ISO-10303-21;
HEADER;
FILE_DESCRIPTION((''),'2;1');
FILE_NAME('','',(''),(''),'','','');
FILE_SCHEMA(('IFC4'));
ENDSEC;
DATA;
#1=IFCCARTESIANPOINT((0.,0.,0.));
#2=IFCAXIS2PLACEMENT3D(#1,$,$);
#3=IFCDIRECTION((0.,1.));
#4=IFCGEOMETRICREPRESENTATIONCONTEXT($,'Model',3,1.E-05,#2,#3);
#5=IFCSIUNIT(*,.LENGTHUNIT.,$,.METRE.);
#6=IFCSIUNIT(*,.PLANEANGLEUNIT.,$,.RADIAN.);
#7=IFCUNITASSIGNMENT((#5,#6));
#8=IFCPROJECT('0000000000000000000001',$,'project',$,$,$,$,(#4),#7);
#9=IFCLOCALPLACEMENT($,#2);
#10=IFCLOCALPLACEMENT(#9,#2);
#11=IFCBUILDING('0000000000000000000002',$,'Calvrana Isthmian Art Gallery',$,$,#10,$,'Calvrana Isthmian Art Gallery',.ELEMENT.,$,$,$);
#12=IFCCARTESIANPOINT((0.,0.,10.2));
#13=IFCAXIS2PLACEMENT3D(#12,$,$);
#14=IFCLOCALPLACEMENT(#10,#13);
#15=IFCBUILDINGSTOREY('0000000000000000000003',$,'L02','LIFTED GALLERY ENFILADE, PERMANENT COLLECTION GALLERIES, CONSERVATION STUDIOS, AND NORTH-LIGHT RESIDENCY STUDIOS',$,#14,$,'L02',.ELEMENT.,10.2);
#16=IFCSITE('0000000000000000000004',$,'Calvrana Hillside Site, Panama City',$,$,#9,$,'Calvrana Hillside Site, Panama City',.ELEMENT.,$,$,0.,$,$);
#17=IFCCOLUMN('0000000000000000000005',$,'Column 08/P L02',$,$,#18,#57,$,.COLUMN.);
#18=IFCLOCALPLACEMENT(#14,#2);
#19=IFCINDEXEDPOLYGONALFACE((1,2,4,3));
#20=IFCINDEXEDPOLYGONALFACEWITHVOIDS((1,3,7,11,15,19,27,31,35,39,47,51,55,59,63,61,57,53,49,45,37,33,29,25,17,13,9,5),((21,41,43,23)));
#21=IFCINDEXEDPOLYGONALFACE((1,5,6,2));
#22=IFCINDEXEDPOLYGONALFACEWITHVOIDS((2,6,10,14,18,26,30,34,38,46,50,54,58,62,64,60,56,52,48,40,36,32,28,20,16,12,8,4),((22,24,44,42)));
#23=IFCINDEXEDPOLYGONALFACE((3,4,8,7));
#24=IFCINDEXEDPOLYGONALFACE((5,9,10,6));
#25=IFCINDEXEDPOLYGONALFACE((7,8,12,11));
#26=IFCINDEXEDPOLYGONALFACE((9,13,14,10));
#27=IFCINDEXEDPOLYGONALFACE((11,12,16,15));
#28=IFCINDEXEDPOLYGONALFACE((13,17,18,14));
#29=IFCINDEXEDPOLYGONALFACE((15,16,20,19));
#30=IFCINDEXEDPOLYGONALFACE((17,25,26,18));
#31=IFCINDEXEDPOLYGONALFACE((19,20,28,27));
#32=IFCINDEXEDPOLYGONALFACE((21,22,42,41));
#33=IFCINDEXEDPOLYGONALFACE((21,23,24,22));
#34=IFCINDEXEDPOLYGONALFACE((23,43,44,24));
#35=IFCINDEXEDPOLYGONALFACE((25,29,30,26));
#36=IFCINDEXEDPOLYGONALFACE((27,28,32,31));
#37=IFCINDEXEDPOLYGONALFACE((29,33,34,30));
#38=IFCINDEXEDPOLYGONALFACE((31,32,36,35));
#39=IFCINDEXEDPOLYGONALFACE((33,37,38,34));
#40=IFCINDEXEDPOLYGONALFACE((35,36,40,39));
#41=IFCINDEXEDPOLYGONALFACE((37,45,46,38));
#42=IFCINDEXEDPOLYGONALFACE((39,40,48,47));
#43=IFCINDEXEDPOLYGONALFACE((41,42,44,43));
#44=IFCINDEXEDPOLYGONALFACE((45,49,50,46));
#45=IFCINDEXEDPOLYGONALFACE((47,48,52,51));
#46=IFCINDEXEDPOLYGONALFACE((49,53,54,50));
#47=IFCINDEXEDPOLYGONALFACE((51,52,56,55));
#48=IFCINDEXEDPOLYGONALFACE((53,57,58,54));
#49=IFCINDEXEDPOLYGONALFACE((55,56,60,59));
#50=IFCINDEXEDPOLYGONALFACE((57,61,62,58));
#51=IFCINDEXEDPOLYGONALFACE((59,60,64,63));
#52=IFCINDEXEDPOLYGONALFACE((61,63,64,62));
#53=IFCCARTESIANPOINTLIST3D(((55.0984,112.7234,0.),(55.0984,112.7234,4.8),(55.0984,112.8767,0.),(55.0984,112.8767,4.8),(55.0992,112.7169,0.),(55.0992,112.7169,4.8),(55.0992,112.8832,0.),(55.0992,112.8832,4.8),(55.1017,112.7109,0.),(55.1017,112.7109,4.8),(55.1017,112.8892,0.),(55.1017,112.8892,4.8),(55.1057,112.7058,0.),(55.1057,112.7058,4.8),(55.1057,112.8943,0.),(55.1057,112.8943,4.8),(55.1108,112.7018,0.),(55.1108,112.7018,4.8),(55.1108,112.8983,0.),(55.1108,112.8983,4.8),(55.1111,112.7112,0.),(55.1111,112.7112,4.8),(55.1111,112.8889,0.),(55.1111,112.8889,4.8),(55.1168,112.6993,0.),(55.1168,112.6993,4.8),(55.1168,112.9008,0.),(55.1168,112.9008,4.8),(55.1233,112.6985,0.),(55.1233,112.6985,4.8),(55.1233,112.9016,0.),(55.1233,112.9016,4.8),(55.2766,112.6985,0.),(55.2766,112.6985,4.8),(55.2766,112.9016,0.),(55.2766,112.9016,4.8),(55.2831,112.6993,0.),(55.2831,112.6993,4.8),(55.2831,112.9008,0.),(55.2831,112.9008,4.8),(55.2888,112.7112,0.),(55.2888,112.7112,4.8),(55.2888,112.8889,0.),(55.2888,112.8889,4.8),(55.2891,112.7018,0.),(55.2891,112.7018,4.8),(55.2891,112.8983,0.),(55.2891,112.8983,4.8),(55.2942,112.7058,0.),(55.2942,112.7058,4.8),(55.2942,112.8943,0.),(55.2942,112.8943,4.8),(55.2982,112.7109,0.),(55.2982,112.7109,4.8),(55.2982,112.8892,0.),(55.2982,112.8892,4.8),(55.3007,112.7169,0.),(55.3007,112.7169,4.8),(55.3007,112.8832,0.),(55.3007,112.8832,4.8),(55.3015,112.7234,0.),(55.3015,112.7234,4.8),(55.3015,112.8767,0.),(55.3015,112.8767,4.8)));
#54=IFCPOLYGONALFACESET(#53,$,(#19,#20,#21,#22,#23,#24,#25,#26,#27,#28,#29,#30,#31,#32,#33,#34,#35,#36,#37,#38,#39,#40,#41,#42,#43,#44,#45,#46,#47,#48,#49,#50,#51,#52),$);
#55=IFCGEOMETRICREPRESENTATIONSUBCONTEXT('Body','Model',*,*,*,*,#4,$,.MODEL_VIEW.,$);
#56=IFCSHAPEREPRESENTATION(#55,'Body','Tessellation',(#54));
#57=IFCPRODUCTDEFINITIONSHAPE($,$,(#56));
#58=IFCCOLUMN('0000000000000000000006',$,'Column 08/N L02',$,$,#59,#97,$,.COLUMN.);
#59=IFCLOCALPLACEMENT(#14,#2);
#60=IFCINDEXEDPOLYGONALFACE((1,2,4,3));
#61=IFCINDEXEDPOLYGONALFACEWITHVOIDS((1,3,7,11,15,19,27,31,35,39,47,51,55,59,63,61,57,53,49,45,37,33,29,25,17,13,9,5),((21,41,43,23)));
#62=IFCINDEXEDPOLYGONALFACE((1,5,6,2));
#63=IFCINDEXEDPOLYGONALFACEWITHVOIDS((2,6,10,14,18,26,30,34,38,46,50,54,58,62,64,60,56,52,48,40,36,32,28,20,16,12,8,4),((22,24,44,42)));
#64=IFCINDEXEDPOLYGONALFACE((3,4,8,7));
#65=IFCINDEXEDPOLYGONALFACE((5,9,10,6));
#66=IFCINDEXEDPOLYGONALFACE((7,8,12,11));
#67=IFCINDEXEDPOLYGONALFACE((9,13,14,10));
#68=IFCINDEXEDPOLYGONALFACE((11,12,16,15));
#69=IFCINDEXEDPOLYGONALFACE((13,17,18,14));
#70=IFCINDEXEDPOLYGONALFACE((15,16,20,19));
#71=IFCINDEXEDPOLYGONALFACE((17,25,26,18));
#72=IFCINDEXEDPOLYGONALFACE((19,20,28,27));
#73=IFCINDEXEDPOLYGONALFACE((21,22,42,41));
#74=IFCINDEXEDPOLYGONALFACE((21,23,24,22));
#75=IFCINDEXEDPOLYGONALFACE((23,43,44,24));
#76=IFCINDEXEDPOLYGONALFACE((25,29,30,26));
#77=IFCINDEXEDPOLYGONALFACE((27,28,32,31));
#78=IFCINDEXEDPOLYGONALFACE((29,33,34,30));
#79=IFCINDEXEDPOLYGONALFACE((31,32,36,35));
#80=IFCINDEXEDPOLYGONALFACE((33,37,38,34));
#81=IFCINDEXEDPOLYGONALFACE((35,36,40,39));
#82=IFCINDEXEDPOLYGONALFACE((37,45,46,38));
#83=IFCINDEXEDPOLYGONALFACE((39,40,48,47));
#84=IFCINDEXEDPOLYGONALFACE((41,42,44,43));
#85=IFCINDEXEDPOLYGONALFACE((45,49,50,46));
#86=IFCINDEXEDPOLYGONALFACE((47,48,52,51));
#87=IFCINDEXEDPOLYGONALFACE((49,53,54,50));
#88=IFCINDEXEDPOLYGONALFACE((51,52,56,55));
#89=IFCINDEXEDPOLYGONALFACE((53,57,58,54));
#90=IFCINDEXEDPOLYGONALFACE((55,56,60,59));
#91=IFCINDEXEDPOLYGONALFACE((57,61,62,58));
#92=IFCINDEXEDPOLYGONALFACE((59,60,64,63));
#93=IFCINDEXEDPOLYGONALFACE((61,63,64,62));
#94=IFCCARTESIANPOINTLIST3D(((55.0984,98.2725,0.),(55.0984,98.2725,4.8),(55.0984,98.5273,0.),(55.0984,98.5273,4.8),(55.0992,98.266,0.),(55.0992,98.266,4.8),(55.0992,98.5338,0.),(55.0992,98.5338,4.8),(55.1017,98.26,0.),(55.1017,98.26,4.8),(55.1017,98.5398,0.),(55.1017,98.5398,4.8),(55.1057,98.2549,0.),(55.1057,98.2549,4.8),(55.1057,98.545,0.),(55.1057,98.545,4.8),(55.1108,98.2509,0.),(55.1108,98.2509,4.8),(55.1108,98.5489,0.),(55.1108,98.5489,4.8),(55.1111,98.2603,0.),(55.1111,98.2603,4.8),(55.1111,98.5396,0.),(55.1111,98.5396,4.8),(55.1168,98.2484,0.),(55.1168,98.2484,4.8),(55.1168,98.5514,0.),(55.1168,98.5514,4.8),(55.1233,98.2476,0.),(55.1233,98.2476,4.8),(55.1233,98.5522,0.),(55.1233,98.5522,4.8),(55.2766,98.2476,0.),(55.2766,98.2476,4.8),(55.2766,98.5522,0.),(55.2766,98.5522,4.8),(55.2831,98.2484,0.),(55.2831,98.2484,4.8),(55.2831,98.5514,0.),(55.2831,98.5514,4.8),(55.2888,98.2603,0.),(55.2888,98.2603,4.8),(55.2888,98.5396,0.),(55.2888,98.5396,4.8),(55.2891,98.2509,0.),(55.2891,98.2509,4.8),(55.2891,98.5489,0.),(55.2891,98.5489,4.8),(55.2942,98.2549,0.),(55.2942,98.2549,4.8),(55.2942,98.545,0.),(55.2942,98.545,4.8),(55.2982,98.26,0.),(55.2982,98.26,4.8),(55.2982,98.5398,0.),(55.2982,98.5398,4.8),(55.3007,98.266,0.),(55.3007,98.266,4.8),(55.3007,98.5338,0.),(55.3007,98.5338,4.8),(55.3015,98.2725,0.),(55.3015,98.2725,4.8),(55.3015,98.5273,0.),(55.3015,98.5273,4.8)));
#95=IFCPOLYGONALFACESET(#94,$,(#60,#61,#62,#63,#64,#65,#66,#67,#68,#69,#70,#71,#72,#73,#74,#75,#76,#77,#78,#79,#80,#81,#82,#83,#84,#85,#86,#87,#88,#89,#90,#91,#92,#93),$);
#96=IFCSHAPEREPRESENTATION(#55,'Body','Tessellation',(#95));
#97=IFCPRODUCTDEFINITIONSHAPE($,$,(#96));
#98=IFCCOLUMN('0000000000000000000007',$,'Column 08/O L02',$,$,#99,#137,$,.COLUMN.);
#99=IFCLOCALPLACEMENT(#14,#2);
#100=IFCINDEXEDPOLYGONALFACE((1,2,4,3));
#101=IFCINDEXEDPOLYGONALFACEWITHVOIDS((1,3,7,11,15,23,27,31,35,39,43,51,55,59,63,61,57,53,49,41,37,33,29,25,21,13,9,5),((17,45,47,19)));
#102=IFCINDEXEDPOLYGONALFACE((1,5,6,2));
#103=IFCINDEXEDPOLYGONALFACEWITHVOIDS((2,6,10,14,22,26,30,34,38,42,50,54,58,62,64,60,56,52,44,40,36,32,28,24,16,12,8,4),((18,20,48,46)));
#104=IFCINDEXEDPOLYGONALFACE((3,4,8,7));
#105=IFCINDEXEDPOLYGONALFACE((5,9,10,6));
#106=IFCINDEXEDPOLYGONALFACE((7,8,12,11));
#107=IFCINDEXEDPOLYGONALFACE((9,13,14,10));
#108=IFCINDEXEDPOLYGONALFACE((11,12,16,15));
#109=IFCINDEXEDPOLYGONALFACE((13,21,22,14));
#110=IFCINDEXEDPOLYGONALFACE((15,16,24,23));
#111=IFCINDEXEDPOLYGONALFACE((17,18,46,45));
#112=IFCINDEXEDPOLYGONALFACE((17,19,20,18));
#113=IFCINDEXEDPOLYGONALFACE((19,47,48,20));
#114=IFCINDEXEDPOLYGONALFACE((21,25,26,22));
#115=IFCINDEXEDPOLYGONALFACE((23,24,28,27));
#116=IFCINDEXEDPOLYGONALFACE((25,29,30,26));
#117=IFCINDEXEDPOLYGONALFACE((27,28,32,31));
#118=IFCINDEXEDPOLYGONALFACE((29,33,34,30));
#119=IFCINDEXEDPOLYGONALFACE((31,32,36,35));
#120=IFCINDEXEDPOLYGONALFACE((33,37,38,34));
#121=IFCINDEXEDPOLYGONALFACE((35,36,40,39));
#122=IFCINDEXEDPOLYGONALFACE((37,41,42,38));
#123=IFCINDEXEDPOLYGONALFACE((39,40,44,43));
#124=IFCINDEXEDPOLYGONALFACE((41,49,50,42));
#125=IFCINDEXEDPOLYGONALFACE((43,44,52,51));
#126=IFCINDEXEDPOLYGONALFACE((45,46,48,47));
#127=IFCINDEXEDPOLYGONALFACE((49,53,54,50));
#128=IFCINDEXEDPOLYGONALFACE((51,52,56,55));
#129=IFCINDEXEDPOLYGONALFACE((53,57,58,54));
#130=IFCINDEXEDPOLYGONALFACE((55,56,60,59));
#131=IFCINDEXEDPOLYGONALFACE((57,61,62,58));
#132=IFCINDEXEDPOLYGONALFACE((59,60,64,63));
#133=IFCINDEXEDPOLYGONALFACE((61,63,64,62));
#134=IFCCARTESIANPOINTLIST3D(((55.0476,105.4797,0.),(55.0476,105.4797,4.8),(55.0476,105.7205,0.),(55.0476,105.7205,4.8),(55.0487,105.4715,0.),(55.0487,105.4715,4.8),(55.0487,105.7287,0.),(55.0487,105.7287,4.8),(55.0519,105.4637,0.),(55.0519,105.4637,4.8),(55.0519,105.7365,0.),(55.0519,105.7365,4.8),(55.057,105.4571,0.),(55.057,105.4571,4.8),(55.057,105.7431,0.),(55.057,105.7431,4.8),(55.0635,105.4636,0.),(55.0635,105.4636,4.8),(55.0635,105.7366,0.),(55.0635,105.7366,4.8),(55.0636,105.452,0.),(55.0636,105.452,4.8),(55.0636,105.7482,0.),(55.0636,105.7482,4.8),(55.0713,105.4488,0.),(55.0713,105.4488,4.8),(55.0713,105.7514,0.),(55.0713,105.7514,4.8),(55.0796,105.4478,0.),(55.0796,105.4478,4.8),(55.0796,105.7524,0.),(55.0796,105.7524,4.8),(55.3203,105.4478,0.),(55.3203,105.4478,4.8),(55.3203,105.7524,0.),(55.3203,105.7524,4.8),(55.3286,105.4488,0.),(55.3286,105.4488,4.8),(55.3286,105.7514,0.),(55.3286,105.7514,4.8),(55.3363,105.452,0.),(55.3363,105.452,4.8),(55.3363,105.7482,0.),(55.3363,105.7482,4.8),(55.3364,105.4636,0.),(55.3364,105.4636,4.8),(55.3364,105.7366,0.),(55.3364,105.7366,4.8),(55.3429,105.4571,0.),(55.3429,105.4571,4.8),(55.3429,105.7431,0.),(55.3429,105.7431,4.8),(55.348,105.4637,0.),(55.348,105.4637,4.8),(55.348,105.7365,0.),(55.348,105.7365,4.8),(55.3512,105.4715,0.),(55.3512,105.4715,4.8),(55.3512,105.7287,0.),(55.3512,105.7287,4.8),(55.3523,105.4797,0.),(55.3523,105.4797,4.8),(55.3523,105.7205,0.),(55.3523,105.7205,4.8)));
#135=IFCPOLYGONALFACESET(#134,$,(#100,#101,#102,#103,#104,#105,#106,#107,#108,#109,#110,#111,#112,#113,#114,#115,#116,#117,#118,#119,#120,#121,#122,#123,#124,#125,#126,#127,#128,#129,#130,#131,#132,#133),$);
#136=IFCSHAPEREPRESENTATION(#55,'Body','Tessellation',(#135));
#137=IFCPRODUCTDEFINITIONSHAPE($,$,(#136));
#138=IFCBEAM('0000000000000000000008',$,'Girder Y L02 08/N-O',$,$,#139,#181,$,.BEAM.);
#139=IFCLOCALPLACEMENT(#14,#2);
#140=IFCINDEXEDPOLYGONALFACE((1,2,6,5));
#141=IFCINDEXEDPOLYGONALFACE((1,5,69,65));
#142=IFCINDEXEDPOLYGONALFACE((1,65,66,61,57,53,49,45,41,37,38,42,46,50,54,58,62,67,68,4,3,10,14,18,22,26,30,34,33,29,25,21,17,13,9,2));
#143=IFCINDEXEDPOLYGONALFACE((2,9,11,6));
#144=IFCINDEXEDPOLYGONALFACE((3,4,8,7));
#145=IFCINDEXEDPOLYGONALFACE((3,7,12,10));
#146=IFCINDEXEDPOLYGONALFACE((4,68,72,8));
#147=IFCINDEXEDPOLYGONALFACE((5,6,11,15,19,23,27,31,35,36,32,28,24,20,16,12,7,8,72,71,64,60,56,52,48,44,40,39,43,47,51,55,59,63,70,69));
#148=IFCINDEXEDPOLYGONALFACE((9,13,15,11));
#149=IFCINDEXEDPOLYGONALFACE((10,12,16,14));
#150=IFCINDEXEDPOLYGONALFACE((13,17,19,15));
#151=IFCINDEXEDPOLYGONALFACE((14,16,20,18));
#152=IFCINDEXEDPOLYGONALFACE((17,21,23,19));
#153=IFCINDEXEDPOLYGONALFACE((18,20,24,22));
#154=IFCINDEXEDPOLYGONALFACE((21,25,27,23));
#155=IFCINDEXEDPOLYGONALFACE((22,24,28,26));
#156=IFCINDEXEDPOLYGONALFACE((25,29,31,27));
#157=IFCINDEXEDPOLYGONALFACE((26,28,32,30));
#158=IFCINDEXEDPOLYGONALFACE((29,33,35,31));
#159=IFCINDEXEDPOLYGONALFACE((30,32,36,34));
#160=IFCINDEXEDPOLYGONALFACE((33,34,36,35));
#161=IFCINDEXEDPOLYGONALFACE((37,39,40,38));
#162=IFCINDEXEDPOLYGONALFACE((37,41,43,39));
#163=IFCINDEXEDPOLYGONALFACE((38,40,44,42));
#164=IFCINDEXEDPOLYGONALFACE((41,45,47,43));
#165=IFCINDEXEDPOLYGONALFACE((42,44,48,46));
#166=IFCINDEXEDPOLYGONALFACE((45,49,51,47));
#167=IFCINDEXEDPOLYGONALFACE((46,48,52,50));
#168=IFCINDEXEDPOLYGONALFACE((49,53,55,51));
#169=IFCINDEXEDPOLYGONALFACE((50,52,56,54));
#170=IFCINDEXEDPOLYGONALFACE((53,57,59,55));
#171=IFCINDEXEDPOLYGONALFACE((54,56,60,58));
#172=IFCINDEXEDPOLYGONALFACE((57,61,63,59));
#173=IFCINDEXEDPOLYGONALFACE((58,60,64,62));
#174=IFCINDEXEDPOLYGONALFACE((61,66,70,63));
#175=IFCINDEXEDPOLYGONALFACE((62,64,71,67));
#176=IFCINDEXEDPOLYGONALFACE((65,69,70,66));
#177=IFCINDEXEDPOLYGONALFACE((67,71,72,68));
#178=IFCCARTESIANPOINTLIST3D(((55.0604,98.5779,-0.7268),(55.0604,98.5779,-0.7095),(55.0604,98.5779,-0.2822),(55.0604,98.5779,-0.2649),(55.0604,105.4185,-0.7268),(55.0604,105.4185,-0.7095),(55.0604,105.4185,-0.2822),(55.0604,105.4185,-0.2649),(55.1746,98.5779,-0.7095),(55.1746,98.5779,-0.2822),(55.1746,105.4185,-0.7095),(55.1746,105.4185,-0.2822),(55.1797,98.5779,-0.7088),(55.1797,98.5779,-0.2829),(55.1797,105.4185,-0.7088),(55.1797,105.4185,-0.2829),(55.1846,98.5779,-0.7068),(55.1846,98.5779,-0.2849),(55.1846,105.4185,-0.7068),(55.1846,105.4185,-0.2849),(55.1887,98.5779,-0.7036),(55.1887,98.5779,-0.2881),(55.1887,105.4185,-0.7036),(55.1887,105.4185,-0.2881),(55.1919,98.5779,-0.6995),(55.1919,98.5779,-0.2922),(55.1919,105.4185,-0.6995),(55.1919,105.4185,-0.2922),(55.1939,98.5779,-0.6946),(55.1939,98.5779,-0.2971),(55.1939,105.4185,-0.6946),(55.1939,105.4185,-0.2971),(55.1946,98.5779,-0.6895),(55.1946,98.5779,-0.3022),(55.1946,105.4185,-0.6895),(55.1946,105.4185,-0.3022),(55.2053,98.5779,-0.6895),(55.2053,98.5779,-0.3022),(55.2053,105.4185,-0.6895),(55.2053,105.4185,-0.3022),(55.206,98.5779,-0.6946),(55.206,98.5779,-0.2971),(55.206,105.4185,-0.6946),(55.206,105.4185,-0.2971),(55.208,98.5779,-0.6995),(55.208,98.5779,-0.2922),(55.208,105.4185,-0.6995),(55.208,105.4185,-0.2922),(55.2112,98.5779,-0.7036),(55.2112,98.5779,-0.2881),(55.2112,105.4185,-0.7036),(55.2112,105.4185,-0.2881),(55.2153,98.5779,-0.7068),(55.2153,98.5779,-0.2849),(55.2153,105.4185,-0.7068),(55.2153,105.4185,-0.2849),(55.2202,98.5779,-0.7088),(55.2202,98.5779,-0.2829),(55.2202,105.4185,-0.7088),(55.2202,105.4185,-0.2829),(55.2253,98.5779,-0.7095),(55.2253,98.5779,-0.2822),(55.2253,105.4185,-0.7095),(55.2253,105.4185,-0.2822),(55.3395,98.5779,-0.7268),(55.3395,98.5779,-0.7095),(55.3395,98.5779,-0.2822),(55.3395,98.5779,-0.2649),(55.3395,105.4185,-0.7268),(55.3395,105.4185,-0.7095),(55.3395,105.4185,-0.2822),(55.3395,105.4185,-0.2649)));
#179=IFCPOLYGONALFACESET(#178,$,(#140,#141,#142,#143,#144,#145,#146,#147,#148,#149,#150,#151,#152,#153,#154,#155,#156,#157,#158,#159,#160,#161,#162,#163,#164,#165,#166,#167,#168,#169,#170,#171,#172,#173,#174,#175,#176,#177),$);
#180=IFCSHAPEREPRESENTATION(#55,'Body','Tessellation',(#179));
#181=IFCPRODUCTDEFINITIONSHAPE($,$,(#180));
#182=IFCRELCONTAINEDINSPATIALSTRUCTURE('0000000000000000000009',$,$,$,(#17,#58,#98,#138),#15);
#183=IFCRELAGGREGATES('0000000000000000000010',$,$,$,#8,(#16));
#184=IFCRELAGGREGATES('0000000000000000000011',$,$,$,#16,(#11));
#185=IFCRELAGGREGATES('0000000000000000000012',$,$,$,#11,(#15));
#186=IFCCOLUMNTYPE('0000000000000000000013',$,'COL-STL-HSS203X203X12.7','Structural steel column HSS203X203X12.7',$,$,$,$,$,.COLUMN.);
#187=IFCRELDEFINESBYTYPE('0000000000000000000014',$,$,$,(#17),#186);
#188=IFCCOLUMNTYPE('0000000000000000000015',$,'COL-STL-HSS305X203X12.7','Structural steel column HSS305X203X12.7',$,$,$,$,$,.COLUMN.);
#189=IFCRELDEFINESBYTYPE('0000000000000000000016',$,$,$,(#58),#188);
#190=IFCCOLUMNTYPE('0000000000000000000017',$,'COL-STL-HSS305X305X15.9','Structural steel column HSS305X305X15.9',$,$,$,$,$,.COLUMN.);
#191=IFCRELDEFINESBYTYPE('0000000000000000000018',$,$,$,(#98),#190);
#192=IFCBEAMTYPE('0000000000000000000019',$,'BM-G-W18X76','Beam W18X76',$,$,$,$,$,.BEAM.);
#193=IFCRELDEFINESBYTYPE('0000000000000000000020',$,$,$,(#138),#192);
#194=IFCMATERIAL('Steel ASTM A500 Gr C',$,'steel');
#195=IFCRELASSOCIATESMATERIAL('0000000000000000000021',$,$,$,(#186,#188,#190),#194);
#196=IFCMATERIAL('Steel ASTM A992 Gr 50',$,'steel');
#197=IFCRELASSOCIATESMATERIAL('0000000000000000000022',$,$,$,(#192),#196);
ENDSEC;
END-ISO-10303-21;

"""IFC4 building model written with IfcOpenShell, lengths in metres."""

from ifc_helpers import new_model, si_unit, direction, frame, origin, origin_2d, place, context, subcontext, project, spatial, hollow_rectangle, i_section, extrude, material, material_profile, profile_set, type_object, element, save


model = new_model("IFC4")

# Units and contexts
model_context = context("Model", 3, precision=1e-05, world=origin(), true_north=direction((0.0, 1.0)))
body_context = subcontext(model_context, "Body", "Model", "MODEL_VIEW")
ifc_project = project(units=[si_unit("LENGTHUNIT", "METRE"), si_unit("PLANEANGLEUNIT", "RADIAN")], contexts=[model_context])

# Site, building, storey
site_placement = place(None, origin())
site = spatial("IfcSite", under=ifc_project, at=site_placement, Name="Calvrana Hillside Site, Panama City", LongName="Calvrana Hillside Site, Panama City", CompositionType="ELEMENT", RefElevation=0.0)
building_placement = place(site_placement, origin())
building = spatial("IfcBuilding", under=site, at=building_placement, Name="Calvrana Isthmian Art Gallery", LongName="Calvrana Isthmian Art Gallery", CompositionType="ELEMENT")
storey_placement = place(building_placement, frame((0.0, 0.0, 10.2)))
storey = spatial("IfcBuildingStorey", under=building, at=storey_placement, Name="L02", Description="LIFTED GALLERY ENFILADE, PERMANENT COLLECTION GALLERIES, CONSERVATION STUDIOS, AND NORTH-LIGHT RESIDENCY STUDIOS", LongName="L02", CompositionType="ELEMENT", Elevation=10.2)

# Columns
ifc_material_1 = material(Name="Steel ASTM A500 Gr C", Category="steel")
ifc_material_profile_1 = material_profile(ifc_material_1, hollow_rectangle(XDim=0.2031, YDim=0.2031, WallThickness=0.0127, OuterFilletRadius=0.0249, at=origin_2d()), Name="HSS203X203X12.7")
ifc_profile_set_1 = profile_set([ifc_material_profile_1], Name="Steel ASTM A500 Gr C")
column_type_1 = type_object("IfcColumnType", Name="COL-STL-HSS203X203X12.7", Description="Structural steel column HSS203X203X12.7", PredefinedType="COLUMN", material=ifc_profile_set_1)
column_1_placement = place(storey_placement, frame((55.2, 112.8, 0.0), z_axis=(0.0, 0.0, 1.0), x_axis=(1.0, 0.0, 0.0)))
element("IfcColumn", 1, at=column_1_placement, inside=storey, type_object=column_type_1, Name="Column 08/P L02", PredefinedType="COLUMN", context=body_context, shape_type="SweptSolid", body=[
    extrude(hollow_rectangle(XDim=0.2031, YDim=0.2031, WallThickness=0.0127, OuterFilletRadius=0.0249, at=origin_2d()), origin(), (0.0, 0.0, 1.0), 4.8),
])
ifc_material_profile_2 = material_profile(ifc_material_1, hollow_rectangle(XDim=0.2031, YDim=0.3047, WallThickness=0.0127, OuterFilletRadius=0.0249, at=origin_2d()), Name="HSS305X203X12.7")
ifc_profile_set_2 = profile_set([ifc_material_profile_2], Name="Steel ASTM A500 Gr C")
column_type_2 = type_object("IfcColumnType", Name="COL-STL-HSS305X203X12.7", Description="Structural steel column HSS305X203X12.7", PredefinedType="COLUMN", material=ifc_profile_set_2)
column_2_placement = place(storey_placement, frame((55.2, 98.3999, 0.0), z_axis=(0.0, 0.0, 1.0), x_axis=(1.0, 0.0, 0.0)))
element("IfcColumn", 2, at=column_2_placement, inside=storey, type_object=column_type_2, Name="Column 08/N L02", PredefinedType="COLUMN", context=body_context, shape_type="SweptSolid", body=[
    extrude(hollow_rectangle(XDim=0.2031, YDim=0.3047, WallThickness=0.0127, OuterFilletRadius=0.0249, at=origin_2d()), origin(), (0.0, 0.0, 1.0), 4.8),
])
ifc_material_profile_3 = material_profile(ifc_material_1, hollow_rectangle(XDim=0.3047, YDim=0.3047, WallThickness=0.0159, OuterFilletRadius=0.032, at=origin_2d()), Name="HSS305X305X15.9")
ifc_profile_set_3 = profile_set([ifc_material_profile_3], Name="Steel ASTM A500 Gr C")
column_type_3 = type_object("IfcColumnType", Name="COL-STL-HSS305X305X15.9", Description="Structural steel column HSS305X305X15.9", PredefinedType="COLUMN", material=ifc_profile_set_3)
column_3_placement = place(storey_placement, frame((55.2, 105.6001, 0.0), z_axis=(0.0, 0.0, 1.0), x_axis=(1.0, 0.0, 0.0)))
element("IfcColumn", 3, at=column_3_placement, inside=storey, type_object=column_type_3, Name="Column 08/O L02", PredefinedType="COLUMN", context=body_context, shape_type="SweptSolid", body=[
    extrude(hollow_rectangle(XDim=0.3047, YDim=0.3047, WallThickness=0.0159, OuterFilletRadius=0.032, at=origin_2d()), origin(), (0.0, 0.0, 1.0), 4.8),
])

# Beam
ifc_material_2 = material(Name="Steel ASTM A992 Gr 50", Category="steel")
ifc_material_profile_4 = material_profile(ifc_material_2, i_section(OverallWidth=0.2791, OverallDepth=0.4619, WebThickness=0.0107, FlangeThickness=0.0173, FilletRadius=0.02, at=origin_2d()), Name="W18X76")
ifc_profile_set_4 = profile_set([ifc_material_profile_4], Name="Steel ASTM A992 Gr 50")
beam_type_1 = type_object("IfcBeamType", Name="BM-G-W18X76", Description="Beam W18X76", PredefinedType="BEAM", material=ifc_profile_set_4)
beam_1_placement = place(storey_placement, frame((55.2, 98.5779, -0.4958), z_axis=(0.0, 1.0, 0.0), x_axis=(-1.0, 0.0, 0.0)))
element("IfcBeam", 4, at=beam_1_placement, inside=storey, type_object=beam_type_1, Name="Girder Y L02 08/N-O", PredefinedType="BEAM", context=body_context, shape_type="SweptSolid", body=[
    extrude(i_section(OverallWidth=0.2791, OverallDepth=0.4619, WebThickness=0.0107, FlangeThickness=0.0173, FilletRadius=0.02, at=origin_2d()), origin(), (0.0, 0.0, 1.0), 6.8406),
])

save(model, "model.ifc")
